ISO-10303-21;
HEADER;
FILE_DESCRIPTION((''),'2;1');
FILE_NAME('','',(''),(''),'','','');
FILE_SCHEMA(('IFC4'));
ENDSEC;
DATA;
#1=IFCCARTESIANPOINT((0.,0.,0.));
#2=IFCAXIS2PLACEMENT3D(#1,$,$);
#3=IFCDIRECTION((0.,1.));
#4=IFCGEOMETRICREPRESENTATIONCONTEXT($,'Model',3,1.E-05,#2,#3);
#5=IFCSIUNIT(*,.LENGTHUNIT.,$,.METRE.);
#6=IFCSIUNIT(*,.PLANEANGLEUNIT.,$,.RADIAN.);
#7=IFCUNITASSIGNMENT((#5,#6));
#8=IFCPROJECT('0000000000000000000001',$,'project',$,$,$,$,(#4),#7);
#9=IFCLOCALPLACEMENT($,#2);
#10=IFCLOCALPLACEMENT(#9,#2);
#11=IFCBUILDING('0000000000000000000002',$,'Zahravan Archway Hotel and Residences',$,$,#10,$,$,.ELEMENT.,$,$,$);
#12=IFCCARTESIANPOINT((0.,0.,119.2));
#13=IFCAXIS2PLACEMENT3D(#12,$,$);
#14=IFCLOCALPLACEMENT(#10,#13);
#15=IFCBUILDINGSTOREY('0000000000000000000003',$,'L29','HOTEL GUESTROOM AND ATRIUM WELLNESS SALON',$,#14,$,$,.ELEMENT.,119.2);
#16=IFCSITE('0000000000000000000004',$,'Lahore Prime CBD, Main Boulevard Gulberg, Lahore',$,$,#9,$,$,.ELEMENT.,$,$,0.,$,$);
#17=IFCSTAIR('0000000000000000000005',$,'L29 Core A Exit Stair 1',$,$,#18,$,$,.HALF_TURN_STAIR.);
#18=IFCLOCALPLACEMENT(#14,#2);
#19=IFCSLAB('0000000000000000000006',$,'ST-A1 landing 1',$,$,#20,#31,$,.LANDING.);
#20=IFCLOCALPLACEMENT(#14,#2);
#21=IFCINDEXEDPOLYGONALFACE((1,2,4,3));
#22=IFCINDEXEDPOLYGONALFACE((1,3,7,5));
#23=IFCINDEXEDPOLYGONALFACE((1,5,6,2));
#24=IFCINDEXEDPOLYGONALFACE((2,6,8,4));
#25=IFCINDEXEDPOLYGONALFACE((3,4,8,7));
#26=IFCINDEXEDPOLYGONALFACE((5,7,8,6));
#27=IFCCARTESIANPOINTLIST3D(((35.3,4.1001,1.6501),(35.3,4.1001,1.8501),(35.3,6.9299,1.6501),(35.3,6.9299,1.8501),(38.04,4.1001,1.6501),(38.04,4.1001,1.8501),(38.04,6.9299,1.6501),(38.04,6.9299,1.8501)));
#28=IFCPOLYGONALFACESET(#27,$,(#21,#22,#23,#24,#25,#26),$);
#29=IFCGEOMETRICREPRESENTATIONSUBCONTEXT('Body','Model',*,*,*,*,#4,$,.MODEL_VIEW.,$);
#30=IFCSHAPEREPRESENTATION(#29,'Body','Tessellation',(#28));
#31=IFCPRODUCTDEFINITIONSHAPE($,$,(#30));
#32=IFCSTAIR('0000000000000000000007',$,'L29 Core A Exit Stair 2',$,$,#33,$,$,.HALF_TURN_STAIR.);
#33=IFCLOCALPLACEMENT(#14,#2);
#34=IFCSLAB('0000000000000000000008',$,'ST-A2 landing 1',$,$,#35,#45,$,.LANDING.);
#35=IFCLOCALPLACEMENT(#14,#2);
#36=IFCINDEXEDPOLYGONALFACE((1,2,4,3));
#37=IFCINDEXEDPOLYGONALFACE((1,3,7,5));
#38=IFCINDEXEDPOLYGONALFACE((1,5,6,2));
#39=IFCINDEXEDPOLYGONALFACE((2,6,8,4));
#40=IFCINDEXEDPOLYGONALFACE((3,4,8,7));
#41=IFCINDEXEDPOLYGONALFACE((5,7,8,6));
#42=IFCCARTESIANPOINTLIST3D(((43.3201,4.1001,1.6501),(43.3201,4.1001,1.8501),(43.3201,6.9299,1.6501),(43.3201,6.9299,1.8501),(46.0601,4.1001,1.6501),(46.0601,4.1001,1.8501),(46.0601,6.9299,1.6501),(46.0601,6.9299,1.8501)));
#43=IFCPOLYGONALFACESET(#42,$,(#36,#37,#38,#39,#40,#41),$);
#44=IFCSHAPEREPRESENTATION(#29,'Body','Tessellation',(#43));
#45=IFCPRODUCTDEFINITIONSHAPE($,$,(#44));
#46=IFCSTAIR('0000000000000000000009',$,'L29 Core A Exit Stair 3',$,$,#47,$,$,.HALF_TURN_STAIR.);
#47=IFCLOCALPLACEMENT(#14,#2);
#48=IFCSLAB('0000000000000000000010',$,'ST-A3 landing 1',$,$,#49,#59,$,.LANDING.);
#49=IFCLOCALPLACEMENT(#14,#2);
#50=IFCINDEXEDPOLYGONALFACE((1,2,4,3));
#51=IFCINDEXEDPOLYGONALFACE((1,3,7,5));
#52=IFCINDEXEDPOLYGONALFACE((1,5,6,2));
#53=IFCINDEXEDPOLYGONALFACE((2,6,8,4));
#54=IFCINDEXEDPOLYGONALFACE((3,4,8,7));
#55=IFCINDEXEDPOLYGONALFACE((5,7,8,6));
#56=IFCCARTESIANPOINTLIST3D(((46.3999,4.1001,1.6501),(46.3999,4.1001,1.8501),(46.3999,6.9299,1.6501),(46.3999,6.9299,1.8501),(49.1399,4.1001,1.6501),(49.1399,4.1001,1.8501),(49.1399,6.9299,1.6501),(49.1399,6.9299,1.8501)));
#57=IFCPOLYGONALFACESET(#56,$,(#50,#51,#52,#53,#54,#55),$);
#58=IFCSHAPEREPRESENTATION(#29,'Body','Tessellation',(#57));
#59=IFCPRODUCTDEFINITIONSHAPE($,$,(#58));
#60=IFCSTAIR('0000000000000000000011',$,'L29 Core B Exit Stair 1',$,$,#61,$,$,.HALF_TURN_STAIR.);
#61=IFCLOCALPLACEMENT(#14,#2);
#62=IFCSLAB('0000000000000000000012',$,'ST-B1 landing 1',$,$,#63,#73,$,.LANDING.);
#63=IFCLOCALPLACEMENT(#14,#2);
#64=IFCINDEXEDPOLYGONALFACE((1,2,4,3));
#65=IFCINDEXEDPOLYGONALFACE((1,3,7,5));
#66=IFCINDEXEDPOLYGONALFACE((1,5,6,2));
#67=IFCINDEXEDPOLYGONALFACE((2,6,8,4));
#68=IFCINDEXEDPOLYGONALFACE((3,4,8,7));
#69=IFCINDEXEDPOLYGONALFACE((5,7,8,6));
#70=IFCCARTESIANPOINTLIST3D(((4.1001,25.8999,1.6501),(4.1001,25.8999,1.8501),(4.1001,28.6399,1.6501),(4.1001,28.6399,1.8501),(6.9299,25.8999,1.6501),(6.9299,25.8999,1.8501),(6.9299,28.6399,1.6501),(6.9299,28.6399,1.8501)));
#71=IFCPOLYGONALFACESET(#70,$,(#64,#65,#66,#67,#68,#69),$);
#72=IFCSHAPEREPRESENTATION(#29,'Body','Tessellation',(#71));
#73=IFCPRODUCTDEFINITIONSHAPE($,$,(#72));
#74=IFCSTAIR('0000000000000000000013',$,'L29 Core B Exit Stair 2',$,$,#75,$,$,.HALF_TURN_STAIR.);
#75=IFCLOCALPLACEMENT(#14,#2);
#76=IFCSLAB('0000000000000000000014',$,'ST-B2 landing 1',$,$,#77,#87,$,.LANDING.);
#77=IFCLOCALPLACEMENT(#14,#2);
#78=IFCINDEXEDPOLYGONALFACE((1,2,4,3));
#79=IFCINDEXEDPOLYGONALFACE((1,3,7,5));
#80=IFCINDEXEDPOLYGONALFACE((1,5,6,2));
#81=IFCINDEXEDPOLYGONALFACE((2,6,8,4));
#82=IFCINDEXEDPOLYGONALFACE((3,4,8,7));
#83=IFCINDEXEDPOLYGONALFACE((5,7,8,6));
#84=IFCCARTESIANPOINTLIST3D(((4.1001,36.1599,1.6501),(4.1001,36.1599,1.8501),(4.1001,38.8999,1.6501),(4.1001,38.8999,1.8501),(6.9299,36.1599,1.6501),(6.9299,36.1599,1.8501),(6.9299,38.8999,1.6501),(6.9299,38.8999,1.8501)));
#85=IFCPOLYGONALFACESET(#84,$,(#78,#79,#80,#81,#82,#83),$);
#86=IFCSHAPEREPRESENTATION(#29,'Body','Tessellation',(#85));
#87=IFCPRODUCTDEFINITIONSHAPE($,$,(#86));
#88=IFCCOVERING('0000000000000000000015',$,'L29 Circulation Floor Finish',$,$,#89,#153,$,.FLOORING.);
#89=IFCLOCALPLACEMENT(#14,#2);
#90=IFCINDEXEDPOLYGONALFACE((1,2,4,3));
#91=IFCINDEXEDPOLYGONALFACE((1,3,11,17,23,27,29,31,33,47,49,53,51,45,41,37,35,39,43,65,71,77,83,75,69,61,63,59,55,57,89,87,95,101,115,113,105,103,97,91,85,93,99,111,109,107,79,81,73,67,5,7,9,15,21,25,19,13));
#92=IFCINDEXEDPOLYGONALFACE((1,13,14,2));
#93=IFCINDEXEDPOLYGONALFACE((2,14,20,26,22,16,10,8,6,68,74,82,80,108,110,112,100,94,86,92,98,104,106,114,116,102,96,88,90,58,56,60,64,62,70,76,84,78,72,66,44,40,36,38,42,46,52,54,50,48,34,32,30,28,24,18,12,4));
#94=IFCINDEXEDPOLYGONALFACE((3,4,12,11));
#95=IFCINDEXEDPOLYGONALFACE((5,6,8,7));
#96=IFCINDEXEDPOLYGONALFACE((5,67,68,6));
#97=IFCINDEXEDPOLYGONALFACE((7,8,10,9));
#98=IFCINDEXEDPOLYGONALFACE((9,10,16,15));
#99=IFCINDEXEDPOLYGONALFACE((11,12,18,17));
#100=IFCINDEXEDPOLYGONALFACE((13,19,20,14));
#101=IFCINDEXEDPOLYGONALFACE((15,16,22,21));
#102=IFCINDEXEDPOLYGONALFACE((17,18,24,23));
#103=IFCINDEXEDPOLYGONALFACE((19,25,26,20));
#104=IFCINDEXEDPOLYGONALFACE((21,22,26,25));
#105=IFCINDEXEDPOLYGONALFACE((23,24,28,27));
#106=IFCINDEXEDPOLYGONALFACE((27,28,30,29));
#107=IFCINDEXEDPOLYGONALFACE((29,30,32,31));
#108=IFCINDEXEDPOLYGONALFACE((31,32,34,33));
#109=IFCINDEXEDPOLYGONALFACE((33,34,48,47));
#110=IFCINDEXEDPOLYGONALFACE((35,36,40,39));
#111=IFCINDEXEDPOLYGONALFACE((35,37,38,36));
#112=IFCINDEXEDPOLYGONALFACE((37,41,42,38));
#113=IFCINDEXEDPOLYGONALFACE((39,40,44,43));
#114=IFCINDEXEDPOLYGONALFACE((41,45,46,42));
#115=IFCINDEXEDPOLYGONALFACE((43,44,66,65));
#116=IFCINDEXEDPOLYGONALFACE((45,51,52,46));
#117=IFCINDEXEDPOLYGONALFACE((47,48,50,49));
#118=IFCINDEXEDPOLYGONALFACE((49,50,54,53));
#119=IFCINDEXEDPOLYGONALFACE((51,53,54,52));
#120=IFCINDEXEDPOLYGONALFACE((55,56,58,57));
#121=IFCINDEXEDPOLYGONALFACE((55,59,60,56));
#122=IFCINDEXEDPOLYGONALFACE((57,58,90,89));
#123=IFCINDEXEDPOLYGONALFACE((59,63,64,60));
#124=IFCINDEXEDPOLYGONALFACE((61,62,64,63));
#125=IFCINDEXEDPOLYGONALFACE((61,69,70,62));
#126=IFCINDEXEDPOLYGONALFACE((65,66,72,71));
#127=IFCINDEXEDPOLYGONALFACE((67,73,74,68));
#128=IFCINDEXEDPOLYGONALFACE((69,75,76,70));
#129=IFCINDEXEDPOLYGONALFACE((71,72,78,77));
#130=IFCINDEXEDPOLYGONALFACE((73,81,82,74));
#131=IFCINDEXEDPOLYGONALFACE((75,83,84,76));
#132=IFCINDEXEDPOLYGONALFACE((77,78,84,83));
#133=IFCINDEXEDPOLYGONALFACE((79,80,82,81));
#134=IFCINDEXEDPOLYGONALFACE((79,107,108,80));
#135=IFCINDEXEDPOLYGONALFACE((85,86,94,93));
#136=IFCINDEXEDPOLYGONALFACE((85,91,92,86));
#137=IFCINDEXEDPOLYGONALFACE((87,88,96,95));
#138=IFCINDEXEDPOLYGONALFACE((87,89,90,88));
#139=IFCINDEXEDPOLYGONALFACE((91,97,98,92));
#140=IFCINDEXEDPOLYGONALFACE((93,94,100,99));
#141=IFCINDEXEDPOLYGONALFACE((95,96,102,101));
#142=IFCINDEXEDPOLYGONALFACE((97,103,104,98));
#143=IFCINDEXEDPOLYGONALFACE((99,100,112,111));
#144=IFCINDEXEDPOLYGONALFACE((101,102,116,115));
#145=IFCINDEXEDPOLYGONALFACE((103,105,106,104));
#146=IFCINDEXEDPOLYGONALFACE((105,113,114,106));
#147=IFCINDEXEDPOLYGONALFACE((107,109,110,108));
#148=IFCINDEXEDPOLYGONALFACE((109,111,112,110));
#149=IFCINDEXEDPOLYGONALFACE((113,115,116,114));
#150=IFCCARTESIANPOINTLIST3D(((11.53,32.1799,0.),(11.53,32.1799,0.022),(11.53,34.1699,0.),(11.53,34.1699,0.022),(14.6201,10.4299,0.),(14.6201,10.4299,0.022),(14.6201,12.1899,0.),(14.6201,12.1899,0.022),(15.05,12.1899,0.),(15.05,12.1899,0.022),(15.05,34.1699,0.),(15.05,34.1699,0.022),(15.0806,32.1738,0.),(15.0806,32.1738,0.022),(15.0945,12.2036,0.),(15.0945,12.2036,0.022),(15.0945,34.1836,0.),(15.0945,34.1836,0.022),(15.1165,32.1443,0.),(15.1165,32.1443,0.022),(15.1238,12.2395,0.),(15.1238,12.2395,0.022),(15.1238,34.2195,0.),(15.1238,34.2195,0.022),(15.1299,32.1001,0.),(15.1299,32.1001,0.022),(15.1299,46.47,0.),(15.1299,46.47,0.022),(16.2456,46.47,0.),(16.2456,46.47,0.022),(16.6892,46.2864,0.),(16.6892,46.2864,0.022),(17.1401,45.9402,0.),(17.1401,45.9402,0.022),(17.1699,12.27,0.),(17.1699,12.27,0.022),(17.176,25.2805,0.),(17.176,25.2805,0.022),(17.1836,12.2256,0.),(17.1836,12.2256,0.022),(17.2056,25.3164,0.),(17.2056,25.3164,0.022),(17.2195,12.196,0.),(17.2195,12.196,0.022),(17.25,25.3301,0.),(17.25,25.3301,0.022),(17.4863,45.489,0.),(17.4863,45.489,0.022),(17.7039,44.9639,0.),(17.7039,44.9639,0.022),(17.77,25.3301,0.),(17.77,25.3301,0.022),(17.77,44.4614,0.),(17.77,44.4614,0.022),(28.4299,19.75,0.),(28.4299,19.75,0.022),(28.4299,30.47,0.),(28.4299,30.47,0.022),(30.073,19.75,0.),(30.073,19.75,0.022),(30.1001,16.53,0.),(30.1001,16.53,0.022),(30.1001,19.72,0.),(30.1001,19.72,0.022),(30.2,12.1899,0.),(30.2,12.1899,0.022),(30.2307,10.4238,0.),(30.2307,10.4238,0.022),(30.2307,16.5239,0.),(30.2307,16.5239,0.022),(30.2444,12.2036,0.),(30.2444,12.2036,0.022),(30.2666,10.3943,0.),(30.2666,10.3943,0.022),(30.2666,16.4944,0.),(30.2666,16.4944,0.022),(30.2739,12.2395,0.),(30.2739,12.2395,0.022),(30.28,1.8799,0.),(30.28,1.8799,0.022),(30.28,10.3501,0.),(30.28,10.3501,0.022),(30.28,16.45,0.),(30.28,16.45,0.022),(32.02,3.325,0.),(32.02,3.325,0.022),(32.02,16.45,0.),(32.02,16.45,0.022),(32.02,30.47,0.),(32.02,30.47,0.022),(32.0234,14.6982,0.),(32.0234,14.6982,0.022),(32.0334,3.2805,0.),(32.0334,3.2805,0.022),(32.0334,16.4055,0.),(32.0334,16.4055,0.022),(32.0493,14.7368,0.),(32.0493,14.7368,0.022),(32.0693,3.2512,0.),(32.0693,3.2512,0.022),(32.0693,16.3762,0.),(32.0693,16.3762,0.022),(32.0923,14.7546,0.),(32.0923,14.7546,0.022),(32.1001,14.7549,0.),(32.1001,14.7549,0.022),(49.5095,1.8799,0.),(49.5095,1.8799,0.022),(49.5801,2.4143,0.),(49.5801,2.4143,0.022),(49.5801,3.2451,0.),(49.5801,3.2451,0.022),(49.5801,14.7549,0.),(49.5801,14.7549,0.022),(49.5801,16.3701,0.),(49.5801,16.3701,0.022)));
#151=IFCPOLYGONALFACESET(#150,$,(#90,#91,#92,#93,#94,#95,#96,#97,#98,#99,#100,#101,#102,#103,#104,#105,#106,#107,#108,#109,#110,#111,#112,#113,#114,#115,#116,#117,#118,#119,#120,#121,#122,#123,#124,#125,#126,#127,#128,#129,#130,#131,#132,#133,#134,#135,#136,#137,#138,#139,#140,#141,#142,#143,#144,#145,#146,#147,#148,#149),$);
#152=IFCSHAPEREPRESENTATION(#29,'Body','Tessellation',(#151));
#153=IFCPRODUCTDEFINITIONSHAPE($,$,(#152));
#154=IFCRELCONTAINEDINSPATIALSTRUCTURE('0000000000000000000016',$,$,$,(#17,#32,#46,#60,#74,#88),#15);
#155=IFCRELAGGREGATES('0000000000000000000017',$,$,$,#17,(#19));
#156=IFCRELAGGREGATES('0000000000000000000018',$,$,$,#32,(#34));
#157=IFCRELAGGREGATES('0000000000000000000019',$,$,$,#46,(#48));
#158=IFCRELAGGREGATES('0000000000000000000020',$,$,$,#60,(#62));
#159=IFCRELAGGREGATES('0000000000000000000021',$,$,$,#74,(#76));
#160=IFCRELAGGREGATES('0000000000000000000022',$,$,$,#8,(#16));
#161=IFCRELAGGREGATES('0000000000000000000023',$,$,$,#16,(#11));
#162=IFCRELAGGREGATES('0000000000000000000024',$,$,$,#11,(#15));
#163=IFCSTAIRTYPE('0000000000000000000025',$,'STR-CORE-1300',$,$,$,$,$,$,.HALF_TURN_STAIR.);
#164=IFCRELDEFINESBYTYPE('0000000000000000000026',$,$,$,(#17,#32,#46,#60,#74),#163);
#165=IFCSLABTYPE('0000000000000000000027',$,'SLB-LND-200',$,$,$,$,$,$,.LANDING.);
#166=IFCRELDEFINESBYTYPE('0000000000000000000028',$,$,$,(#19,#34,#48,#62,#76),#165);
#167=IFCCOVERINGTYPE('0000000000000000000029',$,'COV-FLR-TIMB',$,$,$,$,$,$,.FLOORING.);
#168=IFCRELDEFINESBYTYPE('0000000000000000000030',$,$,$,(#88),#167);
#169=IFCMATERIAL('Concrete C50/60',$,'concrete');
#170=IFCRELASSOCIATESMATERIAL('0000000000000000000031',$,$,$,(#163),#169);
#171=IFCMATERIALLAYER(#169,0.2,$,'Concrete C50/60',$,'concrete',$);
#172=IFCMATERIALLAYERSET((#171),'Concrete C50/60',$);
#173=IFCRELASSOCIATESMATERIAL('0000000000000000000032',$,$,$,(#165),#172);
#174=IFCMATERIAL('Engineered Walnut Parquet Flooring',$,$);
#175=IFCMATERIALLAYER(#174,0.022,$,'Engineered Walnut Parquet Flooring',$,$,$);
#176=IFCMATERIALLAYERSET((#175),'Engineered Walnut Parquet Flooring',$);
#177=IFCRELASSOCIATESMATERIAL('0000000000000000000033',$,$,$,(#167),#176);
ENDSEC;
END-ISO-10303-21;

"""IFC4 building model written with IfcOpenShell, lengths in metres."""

from ifc_helpers import new_model, si_unit, direction, frame, origin, place, context, subcontext, project, spatial, polyline, outline, extrude, material, layer, layer_set, type_object, element, aggregate, save


model = new_model("IFC4")

# Units and contexts
model_context = context("Model", 3, precision=1e-05, world=origin(), true_north=direction((0.0, 1.0)))
body_context = subcontext(model_context, "Body", "Model", "MODEL_VIEW")
ifc_project = project(units=[si_unit("LENGTHUNIT", "METRE"), si_unit("PLANEANGLEUNIT", "RADIAN")], contexts=[model_context])

# Site, building, storey
site_placement = place(None, origin())
site = spatial("IfcSite", under=ifc_project, at=site_placement, Name="Lahore Prime CBD, Main Boulevard Gulberg, Lahore", CompositionType="ELEMENT", RefElevation=0.0)
building_placement = place(site_placement, origin())
building = spatial("IfcBuilding", under=site, at=building_placement, Name="Zahravan Archway Hotel and Residences", CompositionType="ELEMENT")
storey_placement = place(building_placement, frame((0.0, 0.0, 119.2)))
storey = spatial("IfcBuildingStorey", under=building, at=storey_placement, Name="L29", Description="HOTEL GUESTROOM AND ATRIUM WELLNESS SALON", CompositionType="ELEMENT", Elevation=119.2)

# Stairs, slabs
ifc_material_1 = material(Name="Concrete C50/60", Category="concrete")
stair_type = type_object("IfcStairType", Name="STR-CORE-1300", PredefinedType="HALF_TURN_STAIR", material=ifc_material_1)
stair_1_placement = place(storey_placement, origin())
stair_1 = element("IfcStair", 1, at=stair_1_placement, inside=storey, type_object=stair_type, Name="L29 Core A Exit Stair 1", PredefinedType="HALF_TURN_STAIR")
ifc_layer_1 = layer(ifc_material_1, 0.2, Name="Concrete C50/60", Category="concrete")
ifc_layer_set_1 = layer_set([ifc_layer_1], Name="Concrete C50/60")
slab_type_1 = type_object("IfcSlabType", Name="SLB-LND-200", PredefinedType="LANDING", material=ifc_layer_set_1)
slab_1_placement = place(storey_placement, frame((0.0, 0.0, 1.6501)))
slab_1 = element("IfcSlab", 2, at=slab_1_placement, type_object=slab_type_1, Name="ST-A1 landing 1", PredefinedType="LANDING", context=body_context, shape_type="SweptSolid", body=[
    extrude(outline(polyline([(35.3, 6.9299), (35.3, 4.1001), (38.04, 4.1001), (38.04, 6.9299), (35.3, 6.9299)])), origin(), (0.0, 0.0, 1.0), 0.2),
])
aggregate(stair_1, [slab_1])
stair_2_placement = place(storey_placement, origin())
stair_2 = element("IfcStair", 3, at=stair_2_placement, inside=storey, type_object=stair_type, Name="L29 Core A Exit Stair 2", PredefinedType="HALF_TURN_STAIR")
slab_2_placement = place(storey_placement, frame((0.0, 0.0, 1.6501)))
slab_2 = element("IfcSlab", 4, at=slab_2_placement, type_object=slab_type_1, Name="ST-A2 landing 1", PredefinedType="LANDING", context=body_context, shape_type="SweptSolid", body=[
    extrude(outline(polyline([(43.3201, 6.9299), (43.3201, 4.1001), (46.0601, 4.1001), (46.0601, 6.9299), (43.3201, 6.9299)])), origin(), (0.0, 0.0, 1.0), 0.2),
])
aggregate(stair_2, [slab_2])
stair_3_placement = place(storey_placement, origin())
stair_3 = element("IfcStair", 5, at=stair_3_placement, inside=storey, type_object=stair_type, Name="L29 Core A Exit Stair 3", PredefinedType="HALF_TURN_STAIR")
slab_3_placement = place(storey_placement, frame((0.0, 0.0, 1.6501)))
slab_3 = element("IfcSlab", 6, at=slab_3_placement, type_object=slab_type_1, Name="ST-A3 landing 1", PredefinedType="LANDING", context=body_context, shape_type="SweptSolid", body=[
    extrude(outline(polyline([(46.3999, 6.9299), (46.3999, 4.1001), (49.1399, 4.1001), (49.1399, 6.9299), (46.3999, 6.9299)])), origin(), (0.0, 0.0, 1.0), 0.2),
])
aggregate(stair_3, [slab_3])
stair_4_placement = place(storey_placement, origin())
stair_4 = element("IfcStair", 7, at=stair_4_placement, inside=storey, type_object=stair_type, Name="L29 Core B Exit Stair 1", PredefinedType="HALF_TURN_STAIR")
slab_4_placement = place(storey_placement, frame((0.0, 0.0, 1.6501)))
slab_4 = element("IfcSlab", 8, at=slab_4_placement, type_object=slab_type_1, Name="ST-B1 landing 1", PredefinedType="LANDING", context=body_context, shape_type="SweptSolid", body=[
    extrude(outline(polyline([(6.9299, 28.6399), (4.1001, 28.6399), (4.1001, 25.8999), (6.9299, 25.8999), (6.9299, 28.6399)])), origin(), (0.0, 0.0, 1.0), 0.2),
])
aggregate(stair_4, [slab_4])
stair_5_placement = place(storey_placement, origin())
stair_5 = element("IfcStair", 9, at=stair_5_placement, inside=storey, type_object=stair_type, Name="L29 Core B Exit Stair 2", PredefinedType="HALF_TURN_STAIR")
slab_5_placement = place(storey_placement, frame((0.0, 0.0, 1.6501)))
slab_5 = element("IfcSlab", 10, at=slab_5_placement, type_object=slab_type_1, Name="ST-B2 landing 1", PredefinedType="LANDING", context=body_context, shape_type="SweptSolid", body=[
    extrude(outline(polyline([(6.9299, 38.8999), (4.1001, 38.8999), (4.1001, 36.1599), (6.9299, 36.1599), (6.9299, 38.8999)])), origin(), (0.0, 0.0, 1.0), 0.2),
])
aggregate(stair_5, [slab_5])

# Covering
ifc_material_2 = material(Name="Engineered Walnut Parquet Flooring")
ifc_layer_2 = layer(ifc_material_2, 0.022, Name="Engineered Walnut Parquet Flooring")
ifc_layer_set_2 = layer_set([ifc_layer_2], Name="Engineered Walnut Parquet Flooring")
covering_type = type_object("IfcCoveringType", Name="COV-FLR-TIMB", PredefinedType="FLOORING", material=ifc_layer_set_2)
covering_placement = place(storey_placement, origin())
element("IfcCovering", 11, at=covering_placement, inside=storey, type_object=covering_type, Name="L29 Circulation Floor Finish", PredefinedType="FLOORING", context=body_context, shape_type="SweptSolid", body=[
    extrude(outline(polyline([(32.0923, 14.7546), (32.0493, 14.7368), (32.0234, 14.6982), (32.02, 3.325), (32.0334, 3.2805), (32.0693, 3.2512), (49.5801, 3.2451), (49.5801, 2.4143), (49.5095, 1.8799), (30.28, 1.8799), (30.28, 10.3501), (30.2666, 10.3943), (30.2307, 10.4238), (14.6201, 10.4299), (14.6201, 12.1899), (15.05, 12.1899), (15.0945, 12.2036), (15.1238, 12.2395), (15.1299, 32.1001), (15.1165, 32.1443), (15.0806, 32.1738), (11.53, 32.1799), (11.53, 34.1699), (15.05, 34.1699), (15.0945, 34.1836), (15.1238, 34.2195), (15.1299, 46.47), (16.2456, 46.47), (16.6892, 46.2864), (17.1401, 45.9402), (17.4863, 45.489), (17.7039, 44.9639), (17.77, 44.4614), (17.77, 25.3301), (17.25, 25.3301), (17.2056, 25.3164), (17.176, 25.2805), (17.1699, 12.27), (17.1836, 12.2256), (17.2195, 12.196), (30.2, 12.1899), (30.2444, 12.2036), (30.2739, 12.2395), (30.28, 16.45), (30.2666, 16.4944), (30.2307, 16.5239), (30.1001, 16.53), (30.1001, 19.72), (30.073, 19.75), (28.4299, 19.75), (28.4299, 30.47), (32.02, 30.47), (32.02, 16.45), (32.0334, 16.4055), (32.0693, 16.3762), (49.5801, 16.3701), (49.5801, 14.7549), (32.1001, 14.7549), (32.0923, 14.7546)])), origin(), (0.0, 0.0, 1.0), 0.022),
])

save(model, "model.ifc")
